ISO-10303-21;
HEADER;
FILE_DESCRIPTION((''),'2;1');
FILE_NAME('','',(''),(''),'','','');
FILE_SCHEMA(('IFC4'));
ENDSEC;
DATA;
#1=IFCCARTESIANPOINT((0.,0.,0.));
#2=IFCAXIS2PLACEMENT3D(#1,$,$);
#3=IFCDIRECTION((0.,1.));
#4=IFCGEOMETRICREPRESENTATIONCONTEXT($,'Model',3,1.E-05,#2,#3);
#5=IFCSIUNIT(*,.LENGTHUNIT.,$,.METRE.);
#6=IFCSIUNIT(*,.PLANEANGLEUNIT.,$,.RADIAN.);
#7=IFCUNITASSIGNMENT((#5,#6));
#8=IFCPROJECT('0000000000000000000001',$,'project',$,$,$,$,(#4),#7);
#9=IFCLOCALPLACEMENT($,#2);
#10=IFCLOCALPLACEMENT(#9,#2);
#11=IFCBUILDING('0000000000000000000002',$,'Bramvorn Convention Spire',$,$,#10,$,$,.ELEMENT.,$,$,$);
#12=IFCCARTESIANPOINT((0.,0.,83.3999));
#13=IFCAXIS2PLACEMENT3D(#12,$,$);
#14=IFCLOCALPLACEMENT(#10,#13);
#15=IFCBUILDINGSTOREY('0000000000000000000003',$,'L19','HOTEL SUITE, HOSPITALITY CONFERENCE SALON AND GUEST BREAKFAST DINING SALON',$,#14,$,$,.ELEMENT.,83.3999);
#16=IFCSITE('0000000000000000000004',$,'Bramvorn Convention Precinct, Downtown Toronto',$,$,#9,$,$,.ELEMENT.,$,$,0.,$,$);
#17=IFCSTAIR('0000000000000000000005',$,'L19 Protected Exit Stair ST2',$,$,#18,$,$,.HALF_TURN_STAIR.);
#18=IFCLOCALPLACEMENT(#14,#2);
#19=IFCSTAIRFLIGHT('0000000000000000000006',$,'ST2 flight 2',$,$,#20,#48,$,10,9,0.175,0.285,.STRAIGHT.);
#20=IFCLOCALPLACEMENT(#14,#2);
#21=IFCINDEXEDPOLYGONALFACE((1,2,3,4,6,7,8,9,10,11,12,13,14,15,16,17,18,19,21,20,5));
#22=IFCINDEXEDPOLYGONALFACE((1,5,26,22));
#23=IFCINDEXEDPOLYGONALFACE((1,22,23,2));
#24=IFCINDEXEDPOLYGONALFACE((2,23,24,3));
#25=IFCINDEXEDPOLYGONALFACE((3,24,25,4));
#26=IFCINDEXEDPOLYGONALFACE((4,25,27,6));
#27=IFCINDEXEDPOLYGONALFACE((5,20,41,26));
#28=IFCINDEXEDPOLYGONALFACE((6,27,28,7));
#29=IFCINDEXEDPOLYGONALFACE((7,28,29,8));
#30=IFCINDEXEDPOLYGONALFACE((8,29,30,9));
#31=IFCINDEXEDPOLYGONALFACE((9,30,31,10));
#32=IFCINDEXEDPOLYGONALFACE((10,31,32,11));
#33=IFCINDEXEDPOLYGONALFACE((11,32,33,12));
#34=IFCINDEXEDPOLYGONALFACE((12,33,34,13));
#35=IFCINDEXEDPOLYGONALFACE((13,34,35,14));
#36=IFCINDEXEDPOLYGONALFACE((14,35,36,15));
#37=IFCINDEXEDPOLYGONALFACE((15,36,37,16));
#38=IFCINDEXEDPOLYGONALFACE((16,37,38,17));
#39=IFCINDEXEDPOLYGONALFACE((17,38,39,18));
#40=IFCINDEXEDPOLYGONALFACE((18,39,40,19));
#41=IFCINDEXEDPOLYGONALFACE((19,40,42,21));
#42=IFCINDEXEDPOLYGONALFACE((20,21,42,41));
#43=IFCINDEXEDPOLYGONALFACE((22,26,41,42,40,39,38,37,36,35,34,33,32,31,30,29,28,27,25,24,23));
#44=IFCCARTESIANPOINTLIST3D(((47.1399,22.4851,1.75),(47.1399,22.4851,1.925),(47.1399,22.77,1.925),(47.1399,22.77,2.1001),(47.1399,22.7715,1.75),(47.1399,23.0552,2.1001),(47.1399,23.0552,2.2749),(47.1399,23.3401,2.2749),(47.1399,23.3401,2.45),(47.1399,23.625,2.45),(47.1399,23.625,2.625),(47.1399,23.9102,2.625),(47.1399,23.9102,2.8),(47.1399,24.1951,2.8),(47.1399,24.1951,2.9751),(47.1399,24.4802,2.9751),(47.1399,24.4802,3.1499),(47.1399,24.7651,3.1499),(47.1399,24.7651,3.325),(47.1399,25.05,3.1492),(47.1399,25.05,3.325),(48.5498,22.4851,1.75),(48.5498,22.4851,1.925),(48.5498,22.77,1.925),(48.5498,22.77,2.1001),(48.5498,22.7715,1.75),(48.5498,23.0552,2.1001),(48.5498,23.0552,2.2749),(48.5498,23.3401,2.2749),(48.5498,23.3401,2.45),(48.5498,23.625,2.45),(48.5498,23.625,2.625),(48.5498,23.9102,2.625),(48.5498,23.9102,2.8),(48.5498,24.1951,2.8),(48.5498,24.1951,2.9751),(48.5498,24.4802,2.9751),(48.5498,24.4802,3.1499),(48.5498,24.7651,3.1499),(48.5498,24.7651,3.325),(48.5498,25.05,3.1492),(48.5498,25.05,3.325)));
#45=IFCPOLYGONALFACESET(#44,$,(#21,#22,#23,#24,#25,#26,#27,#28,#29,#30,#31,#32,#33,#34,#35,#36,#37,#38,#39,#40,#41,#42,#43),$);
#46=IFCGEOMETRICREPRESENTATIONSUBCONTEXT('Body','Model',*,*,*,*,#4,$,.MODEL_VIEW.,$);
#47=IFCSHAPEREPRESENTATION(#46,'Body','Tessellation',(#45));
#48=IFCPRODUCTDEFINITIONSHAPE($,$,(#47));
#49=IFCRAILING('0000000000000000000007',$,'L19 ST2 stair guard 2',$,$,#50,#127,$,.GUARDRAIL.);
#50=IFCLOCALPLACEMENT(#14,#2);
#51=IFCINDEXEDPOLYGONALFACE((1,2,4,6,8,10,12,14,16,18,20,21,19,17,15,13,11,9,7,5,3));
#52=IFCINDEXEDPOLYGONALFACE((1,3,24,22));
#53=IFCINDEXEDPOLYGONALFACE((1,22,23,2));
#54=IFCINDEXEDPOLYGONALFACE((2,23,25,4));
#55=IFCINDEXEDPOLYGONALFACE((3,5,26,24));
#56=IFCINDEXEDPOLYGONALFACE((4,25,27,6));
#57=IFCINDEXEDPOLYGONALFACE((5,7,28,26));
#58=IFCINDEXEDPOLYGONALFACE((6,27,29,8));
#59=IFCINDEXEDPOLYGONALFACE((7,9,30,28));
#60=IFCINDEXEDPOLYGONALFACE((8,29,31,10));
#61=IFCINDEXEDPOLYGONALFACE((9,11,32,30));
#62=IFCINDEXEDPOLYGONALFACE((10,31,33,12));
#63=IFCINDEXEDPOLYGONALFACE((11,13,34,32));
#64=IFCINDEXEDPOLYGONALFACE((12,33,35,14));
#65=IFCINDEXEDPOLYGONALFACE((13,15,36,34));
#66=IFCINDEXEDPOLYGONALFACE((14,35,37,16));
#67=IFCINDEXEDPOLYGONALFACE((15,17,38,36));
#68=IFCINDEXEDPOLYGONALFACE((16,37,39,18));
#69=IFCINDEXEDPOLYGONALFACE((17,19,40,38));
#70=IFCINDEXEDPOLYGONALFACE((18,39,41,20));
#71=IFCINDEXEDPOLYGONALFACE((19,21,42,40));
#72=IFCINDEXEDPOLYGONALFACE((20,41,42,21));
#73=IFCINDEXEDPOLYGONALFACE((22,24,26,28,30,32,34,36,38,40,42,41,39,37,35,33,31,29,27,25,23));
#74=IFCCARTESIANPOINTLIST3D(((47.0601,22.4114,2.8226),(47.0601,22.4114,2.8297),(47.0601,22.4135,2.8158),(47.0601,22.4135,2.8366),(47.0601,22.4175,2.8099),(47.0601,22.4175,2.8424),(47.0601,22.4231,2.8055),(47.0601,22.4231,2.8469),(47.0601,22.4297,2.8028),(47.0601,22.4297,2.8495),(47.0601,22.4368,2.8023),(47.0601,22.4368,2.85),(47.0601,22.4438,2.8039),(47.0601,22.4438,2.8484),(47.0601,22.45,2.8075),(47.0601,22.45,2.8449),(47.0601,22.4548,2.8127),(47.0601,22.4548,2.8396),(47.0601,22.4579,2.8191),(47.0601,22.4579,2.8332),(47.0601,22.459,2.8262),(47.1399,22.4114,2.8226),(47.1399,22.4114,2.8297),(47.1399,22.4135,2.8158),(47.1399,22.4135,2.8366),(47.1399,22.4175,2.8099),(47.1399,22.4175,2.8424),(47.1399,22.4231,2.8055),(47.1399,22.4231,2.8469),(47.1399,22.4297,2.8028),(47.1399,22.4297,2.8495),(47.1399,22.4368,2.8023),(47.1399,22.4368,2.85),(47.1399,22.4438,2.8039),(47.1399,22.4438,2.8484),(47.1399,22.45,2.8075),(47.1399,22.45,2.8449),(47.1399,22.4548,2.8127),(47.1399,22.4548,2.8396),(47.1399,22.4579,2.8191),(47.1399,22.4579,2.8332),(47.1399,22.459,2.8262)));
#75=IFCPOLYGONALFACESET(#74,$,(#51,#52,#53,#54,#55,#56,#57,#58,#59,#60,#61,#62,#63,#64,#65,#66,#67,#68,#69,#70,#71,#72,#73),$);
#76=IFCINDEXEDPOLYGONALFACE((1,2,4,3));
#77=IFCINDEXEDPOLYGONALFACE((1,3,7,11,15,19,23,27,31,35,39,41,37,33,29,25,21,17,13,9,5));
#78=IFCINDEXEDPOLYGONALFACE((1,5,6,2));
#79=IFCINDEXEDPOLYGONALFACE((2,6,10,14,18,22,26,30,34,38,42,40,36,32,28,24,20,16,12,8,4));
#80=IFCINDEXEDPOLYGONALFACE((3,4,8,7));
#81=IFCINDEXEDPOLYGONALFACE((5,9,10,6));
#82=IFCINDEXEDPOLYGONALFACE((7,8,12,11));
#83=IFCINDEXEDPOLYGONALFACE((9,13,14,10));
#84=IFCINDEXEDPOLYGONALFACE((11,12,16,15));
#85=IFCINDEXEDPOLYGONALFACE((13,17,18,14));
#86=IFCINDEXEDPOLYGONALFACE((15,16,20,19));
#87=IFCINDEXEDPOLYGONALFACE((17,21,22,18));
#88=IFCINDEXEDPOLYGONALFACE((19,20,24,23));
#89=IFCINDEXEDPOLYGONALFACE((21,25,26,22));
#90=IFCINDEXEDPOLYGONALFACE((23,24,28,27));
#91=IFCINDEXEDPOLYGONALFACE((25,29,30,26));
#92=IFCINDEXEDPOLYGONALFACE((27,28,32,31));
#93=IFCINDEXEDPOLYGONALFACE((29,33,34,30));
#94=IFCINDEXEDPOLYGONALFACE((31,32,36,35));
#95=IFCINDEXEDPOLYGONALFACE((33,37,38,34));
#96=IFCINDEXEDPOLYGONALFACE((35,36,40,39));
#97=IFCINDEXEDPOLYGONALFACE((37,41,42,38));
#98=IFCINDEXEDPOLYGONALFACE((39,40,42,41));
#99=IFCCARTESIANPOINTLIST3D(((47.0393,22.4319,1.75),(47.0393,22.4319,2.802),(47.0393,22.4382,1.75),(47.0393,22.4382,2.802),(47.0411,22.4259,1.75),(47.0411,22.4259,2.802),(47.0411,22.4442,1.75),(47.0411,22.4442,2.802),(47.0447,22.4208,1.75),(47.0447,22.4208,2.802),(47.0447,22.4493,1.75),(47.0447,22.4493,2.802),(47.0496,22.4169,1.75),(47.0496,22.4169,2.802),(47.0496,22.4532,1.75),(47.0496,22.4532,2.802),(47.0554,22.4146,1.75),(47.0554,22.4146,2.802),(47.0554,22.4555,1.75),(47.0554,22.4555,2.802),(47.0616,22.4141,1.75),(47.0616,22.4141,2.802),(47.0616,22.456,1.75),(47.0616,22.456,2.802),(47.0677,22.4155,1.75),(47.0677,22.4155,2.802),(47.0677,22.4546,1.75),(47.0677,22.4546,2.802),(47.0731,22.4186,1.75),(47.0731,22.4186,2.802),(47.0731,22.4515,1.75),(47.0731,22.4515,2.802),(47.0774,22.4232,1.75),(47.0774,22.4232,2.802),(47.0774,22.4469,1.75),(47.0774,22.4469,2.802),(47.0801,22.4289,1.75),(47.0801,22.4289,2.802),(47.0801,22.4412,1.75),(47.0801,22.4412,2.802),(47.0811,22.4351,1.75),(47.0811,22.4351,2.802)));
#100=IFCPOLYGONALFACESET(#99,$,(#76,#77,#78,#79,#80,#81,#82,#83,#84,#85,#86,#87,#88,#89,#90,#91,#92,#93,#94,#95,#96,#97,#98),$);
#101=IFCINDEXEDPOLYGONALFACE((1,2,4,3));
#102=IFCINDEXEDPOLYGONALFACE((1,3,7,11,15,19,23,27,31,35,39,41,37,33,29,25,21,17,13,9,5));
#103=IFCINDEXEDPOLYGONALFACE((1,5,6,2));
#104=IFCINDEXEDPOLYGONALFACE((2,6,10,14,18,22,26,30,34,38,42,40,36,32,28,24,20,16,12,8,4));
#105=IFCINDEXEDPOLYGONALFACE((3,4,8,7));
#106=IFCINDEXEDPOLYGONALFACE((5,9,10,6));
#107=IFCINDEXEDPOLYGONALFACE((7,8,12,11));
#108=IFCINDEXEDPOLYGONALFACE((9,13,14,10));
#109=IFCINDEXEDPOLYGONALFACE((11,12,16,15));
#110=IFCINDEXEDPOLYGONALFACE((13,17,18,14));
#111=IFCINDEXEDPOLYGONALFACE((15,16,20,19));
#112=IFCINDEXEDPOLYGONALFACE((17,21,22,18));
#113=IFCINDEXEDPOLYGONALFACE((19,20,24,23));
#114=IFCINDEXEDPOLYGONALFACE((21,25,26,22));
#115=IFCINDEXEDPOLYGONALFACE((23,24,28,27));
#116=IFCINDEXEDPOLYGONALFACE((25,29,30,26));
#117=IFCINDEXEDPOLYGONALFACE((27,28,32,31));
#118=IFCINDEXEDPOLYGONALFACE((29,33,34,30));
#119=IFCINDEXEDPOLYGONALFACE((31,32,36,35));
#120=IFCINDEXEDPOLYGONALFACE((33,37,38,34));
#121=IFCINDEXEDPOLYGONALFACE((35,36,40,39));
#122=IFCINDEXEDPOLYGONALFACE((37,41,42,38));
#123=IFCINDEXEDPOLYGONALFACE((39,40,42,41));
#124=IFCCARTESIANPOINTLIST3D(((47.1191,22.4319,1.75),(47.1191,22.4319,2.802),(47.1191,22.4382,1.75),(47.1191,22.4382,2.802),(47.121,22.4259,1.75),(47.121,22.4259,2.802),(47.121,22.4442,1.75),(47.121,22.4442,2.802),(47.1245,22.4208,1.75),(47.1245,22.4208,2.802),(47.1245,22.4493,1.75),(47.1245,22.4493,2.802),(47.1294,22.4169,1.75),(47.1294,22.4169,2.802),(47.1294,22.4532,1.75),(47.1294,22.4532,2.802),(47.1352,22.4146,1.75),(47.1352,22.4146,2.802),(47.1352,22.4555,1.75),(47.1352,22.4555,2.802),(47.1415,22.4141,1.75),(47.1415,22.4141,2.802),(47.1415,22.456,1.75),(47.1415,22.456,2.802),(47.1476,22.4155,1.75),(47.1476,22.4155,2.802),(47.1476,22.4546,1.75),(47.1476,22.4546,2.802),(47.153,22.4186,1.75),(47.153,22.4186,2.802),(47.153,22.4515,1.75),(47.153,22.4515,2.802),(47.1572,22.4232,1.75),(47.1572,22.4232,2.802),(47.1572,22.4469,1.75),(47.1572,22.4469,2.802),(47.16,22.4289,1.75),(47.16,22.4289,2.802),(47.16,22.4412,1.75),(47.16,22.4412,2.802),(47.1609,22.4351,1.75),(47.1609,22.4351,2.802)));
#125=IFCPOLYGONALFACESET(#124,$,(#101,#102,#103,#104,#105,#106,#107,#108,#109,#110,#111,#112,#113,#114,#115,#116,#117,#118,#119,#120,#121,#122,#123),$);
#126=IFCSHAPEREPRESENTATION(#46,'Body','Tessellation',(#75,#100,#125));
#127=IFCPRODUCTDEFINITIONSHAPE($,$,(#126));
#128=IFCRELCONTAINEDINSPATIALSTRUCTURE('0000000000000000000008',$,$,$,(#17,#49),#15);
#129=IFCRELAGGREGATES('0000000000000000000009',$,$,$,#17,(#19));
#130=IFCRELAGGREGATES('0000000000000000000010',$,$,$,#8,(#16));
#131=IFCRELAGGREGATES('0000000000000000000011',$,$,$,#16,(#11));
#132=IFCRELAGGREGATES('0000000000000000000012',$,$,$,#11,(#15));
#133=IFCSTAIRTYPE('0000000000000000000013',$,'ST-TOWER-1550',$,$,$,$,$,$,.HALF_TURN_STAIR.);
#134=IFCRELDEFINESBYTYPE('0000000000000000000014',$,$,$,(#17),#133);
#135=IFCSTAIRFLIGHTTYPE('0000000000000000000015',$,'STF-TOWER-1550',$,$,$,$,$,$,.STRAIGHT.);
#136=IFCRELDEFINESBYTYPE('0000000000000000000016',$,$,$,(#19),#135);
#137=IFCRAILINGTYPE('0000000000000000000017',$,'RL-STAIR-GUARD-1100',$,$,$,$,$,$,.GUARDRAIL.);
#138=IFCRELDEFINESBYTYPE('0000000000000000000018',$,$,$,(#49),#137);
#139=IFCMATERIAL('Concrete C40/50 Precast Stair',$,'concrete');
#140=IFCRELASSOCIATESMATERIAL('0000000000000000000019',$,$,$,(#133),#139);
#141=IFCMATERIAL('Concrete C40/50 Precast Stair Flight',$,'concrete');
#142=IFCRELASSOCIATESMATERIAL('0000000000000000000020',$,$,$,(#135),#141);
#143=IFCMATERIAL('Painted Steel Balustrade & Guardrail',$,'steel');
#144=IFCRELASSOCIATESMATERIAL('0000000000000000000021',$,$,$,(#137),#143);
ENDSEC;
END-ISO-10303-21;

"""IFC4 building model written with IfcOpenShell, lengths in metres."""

from ifc_helpers import new_model, si_unit, direction, frame, origin, origin_2d, place, context, subcontext, project, spatial, polyline, circle, outline, extrude, material, type_object, element, aggregate, save


model = new_model("IFC4")

# Units and contexts
model_context = context("Model", 3, precision=1e-05, world=origin(), true_north=direction((0.0, 1.0)))
body_context = subcontext(model_context, "Body", "Model", "MODEL_VIEW")
ifc_project = project(units=[si_unit("LENGTHUNIT", "METRE"), si_unit("PLANEANGLEUNIT", "RADIAN")], contexts=[model_context])

# Site, building, storey
site_placement = place(None, origin())
site = spatial("IfcSite", under=ifc_project, at=site_placement, Name="Bramvorn Convention Precinct, Downtown Toronto", CompositionType="ELEMENT", RefElevation=0.0)
building_placement = place(site_placement, origin())
building = spatial("IfcBuilding", under=site, at=building_placement, Name="Bramvorn Convention Spire", CompositionType="ELEMENT")
storey_placement = place(building_placement, frame((0.0, 0.0, 83.3999)))
storey = spatial("IfcBuildingStorey", under=building, at=storey_placement, Name="L19", Description="HOTEL SUITE, HOSPITALITY CONFERENCE SALON AND GUEST BREAKFAST DINING SALON", CompositionType="ELEMENT", Elevation=83.3999)

# Stair, stair flight
ifc_material_1 = material(Name="Concrete C40/50 Precast Stair", Category="concrete")
stair_type = type_object("IfcStairType", Name="ST-TOWER-1550", PredefinedType="HALF_TURN_STAIR", material=ifc_material_1)
stair_placement = place(storey_placement, origin())
stair = element("IfcStair", 1, at=stair_placement, inside=storey, type_object=stair_type, Name="L19 Protected Exit Stair ST2", PredefinedType="HALF_TURN_STAIR")
ifc_material_2 = material(Name="Concrete C40/50 Precast Stair Flight", Category="concrete")
stair_flight_type = type_object("IfcStairFlightType", Name="STF-TOWER-1550", PredefinedType="STRAIGHT", material=ifc_material_2)
stair_flight_placement = place(storey_placement, frame((47.845, 22.4851, 1.75), z_axis=(0.0, 0.0, 1.0), x_axis=(0.0, 1.0, 0.0)))
stair_flight = element("IfcStairFlight", 2, at=stair_flight_placement, type_object=stair_flight_type, Name="ST2 flight 2", NumberOfRisers=10, NumberOfTreads=9, PredefinedType="STRAIGHT", RiserHeight=0.175, TreadLength=0.285, context=body_context, shape_type="SweptSolid", body=[
    extrude(outline(polyline([(0.0, 0.0), (0.0, 0.175), (0.2849, 0.175), (0.2849, 0.3501), (0.5701, 0.3501), (0.5701, 0.5249), (0.855, 0.5249), (0.855, 0.7), (1.1399, 0.7), (1.1399, 0.875), (1.425, 0.875), (1.425, 1.05), (1.71, 1.05), (1.71, 1.2251), (1.9951, 1.2251), (1.9951, 1.3999), (2.28, 1.3999), (2.28, 1.575), (2.5649, 1.575), (2.5649, 1.75), (2.5649, 1.3992), (0.2864, 0.0), (0.0, 0.0)])), frame((0.0, 0.7051, 0.0), z_axis=(0.0, -1.0, 0.0), x_axis=(1.0, 0.0, 0.0)), (0.0, 0.0, 1.0), 1.4099),
])
aggregate(stair, [stair_flight])

# Railing
ifc_material_3 = material(Name="Painted Steel Balustrade & Guardrail", Category="steel")
railing_type = type_object("IfcRailingType", Name="RL-STAIR-GUARD-1100", PredefinedType="GUARDRAIL", material=ifc_material_3)
railing_1_placement = place(storey_placement, frame((47.0601, 22.4351, 1.75)))
element("IfcRailing", 3, at=railing_1_placement, inside=storey, type_object=railing_type, Name="L19 ST2 stair guard 2", PredefinedType="GUARDRAIL", context=body_context, shape_type="SweptSolid", body=[
    extrude(circle(Radius=0.0239, at=origin_2d()), frame((0.0, 0.0, 1.0762), z_axis=(1.0, 0.0, 0.0), x_axis=(0.0, 1.0, 0.0)), (0.0, 0.0, 1.0), 0.0798),
    extrude(circle(Radius=0.021, at=origin_2d()), origin(), (0.0, 0.0, 1.0), 1.052),
    extrude(circle(Radius=0.021, at=origin_2d()), frame((0.0798, 0.0, 0.0)), (0.0, 0.0, 1.0), 1.052),
])

save(model, "model.ifc")
